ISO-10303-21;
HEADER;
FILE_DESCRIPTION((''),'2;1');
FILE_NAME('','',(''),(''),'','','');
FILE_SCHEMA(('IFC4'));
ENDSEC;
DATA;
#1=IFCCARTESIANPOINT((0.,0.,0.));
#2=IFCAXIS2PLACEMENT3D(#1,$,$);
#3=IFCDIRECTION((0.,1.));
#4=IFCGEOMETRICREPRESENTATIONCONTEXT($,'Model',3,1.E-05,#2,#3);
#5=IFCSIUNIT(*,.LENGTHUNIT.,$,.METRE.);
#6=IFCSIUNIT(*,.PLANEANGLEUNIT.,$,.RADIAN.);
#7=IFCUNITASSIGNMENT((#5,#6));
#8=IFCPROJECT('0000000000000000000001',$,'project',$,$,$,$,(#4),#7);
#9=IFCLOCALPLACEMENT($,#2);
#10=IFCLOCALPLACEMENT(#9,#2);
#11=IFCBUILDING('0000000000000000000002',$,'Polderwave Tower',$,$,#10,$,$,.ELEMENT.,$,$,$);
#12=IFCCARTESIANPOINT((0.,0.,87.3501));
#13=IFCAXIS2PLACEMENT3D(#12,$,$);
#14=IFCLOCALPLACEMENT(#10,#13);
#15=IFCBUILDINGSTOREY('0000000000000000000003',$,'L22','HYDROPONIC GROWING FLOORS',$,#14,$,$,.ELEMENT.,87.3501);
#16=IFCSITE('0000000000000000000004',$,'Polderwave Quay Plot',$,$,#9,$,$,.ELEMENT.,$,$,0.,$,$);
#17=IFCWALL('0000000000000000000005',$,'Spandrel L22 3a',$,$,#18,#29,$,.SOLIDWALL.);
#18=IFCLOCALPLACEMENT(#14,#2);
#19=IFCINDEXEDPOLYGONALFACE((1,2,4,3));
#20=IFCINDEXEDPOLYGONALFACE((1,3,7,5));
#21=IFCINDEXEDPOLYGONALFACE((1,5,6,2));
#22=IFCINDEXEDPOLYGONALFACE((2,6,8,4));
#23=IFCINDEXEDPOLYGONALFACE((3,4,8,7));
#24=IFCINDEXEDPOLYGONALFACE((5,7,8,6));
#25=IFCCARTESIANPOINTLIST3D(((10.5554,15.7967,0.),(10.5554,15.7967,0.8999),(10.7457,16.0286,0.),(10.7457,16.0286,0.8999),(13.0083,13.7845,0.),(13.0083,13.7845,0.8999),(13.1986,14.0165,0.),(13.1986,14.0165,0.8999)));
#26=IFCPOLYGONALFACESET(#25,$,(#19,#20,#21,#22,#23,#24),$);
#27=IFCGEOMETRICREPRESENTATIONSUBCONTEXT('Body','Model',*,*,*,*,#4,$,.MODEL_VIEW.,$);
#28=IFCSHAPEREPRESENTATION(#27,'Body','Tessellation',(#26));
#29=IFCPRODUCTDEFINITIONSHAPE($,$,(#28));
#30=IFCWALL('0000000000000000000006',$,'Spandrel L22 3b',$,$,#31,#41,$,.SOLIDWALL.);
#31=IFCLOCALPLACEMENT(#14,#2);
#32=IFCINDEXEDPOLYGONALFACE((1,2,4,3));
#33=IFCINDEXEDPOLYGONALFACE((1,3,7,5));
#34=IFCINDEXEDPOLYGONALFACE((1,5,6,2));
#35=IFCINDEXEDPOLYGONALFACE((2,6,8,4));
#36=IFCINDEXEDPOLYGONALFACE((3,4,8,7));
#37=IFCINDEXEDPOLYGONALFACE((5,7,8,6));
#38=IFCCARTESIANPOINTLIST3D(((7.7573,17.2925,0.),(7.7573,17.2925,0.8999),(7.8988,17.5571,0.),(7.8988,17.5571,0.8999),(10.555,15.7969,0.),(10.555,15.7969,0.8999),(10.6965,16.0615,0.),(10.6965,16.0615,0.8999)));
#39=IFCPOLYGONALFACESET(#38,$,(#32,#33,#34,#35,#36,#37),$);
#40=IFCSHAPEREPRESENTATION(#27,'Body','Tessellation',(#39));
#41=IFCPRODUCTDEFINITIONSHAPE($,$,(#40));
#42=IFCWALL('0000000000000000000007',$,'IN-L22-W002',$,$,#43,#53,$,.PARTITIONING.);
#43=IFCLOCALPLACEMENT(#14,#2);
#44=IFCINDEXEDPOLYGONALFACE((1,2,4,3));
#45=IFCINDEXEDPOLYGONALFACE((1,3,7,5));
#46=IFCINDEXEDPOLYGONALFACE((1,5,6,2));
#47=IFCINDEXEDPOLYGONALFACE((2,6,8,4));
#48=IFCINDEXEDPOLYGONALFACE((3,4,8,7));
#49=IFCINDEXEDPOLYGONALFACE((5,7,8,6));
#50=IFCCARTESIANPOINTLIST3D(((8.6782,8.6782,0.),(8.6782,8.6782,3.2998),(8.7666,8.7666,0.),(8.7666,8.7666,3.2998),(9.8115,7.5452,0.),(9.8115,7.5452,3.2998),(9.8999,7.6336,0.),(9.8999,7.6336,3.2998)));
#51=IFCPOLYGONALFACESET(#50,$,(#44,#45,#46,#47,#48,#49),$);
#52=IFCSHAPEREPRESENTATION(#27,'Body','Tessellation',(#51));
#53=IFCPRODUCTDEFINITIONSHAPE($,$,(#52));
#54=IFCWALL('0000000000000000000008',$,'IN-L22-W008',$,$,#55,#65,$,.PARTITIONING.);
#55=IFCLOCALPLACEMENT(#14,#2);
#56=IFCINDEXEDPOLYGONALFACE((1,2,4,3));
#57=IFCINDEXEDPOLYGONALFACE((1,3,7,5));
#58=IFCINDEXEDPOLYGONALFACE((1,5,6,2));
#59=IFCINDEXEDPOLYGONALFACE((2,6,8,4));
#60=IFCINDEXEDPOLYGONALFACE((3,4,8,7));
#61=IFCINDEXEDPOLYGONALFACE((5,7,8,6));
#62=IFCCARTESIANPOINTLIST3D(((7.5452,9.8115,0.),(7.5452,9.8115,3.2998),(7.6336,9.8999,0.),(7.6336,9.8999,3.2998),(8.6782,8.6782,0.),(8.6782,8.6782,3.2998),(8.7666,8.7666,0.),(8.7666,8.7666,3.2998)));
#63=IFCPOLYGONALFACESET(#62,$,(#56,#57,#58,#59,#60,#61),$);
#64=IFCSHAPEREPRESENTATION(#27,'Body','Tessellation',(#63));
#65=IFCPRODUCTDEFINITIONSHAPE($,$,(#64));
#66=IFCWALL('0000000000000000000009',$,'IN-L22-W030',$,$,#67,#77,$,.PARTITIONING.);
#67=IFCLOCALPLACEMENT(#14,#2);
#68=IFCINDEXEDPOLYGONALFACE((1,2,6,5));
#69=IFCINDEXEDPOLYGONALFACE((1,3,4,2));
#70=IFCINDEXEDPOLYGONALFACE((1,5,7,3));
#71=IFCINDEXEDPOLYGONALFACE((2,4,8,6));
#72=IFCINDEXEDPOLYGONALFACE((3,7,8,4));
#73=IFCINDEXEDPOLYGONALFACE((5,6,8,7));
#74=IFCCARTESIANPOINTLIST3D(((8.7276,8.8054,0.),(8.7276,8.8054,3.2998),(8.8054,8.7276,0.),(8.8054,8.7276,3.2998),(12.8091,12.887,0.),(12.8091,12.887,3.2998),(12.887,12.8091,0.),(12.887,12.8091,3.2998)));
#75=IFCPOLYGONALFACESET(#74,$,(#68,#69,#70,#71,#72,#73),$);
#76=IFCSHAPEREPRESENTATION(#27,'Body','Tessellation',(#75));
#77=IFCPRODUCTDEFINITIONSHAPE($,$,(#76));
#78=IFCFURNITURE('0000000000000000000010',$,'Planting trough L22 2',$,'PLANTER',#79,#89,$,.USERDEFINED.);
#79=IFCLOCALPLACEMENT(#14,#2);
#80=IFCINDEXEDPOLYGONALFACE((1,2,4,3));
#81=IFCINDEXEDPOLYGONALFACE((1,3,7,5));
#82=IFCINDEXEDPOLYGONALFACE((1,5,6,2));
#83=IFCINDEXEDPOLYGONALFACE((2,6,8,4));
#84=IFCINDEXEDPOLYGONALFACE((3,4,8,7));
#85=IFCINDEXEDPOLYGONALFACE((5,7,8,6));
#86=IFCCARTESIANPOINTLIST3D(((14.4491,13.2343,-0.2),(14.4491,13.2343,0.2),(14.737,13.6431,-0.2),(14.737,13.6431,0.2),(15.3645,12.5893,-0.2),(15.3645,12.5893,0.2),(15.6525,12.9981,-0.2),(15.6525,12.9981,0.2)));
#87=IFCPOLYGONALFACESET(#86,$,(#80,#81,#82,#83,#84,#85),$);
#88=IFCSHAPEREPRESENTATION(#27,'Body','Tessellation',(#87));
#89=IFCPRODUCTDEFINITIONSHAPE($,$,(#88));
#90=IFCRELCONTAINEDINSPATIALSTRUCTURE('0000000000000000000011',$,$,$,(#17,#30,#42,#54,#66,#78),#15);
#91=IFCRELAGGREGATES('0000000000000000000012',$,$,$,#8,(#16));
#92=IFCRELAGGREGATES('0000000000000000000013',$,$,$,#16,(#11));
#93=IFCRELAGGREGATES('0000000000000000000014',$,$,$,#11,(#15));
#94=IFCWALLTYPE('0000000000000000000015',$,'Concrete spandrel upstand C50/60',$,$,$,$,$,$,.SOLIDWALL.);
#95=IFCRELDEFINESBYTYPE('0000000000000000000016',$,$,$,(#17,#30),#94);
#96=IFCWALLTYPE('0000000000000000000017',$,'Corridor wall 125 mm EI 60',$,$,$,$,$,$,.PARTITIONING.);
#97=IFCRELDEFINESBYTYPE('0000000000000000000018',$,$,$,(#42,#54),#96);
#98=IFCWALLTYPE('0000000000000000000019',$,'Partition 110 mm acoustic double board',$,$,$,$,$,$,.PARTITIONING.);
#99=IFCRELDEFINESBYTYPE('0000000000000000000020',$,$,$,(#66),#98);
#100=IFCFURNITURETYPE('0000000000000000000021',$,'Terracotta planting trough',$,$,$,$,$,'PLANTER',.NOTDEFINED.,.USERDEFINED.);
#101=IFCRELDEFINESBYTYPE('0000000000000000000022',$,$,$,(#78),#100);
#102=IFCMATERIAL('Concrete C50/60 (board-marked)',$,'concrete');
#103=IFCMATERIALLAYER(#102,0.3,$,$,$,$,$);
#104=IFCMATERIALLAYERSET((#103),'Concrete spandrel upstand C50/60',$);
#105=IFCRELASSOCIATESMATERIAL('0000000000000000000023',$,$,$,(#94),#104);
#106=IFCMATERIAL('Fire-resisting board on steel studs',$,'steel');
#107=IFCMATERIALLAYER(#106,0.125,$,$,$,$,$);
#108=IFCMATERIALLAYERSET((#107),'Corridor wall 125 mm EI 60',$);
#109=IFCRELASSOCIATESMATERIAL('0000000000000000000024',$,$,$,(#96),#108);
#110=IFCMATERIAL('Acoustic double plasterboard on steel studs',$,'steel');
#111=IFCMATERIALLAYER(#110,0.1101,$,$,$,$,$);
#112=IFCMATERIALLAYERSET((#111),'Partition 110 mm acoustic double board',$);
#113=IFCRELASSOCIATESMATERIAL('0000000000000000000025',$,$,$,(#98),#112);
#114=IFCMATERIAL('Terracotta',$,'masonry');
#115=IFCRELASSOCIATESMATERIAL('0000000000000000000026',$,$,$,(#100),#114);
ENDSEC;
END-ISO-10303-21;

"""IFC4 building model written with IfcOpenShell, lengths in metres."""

from ifc_helpers import new_model, si_unit, direction, frame, frame_2d, origin, origin_2d, place, context, subcontext, project, spatial, rectangle, extrude, material, layer, layer_set, type_object, element, save


model = new_model("IFC4")

# Units and contexts
model_context = context("Model", 3, precision=1e-05, world=origin(), true_north=direction((0.0, 1.0)))
body_context = subcontext(model_context, "Body", "Model", "MODEL_VIEW")
ifc_project = project(units=[si_unit("LENGTHUNIT", "METRE"), si_unit("PLANEANGLEUNIT", "RADIAN")], contexts=[model_context])

# Site, building, storey
site_placement = place(None, origin())
site = spatial("IfcSite", under=ifc_project, at=site_placement, Name="Polderwave Quay Plot", CompositionType="ELEMENT", RefElevation=0.0)
building_placement = place(site_placement, origin())
building = spatial("IfcBuilding", under=site, at=building_placement, Name="Polderwave Tower", CompositionType="ELEMENT")
storey_placement = place(building_placement, frame((0.0, 0.0, 87.3501)))
storey = spatial("IfcBuildingStorey", under=building, at=storey_placement, Name="L22", Description="HYDROPONIC GROWING FLOORS", CompositionType="ELEMENT", Elevation=87.3501)

# Walls
ifc_material_1 = material(Name="Concrete C50/60 (board-marked)", Category="concrete")
ifc_layer_1 = layer(ifc_material_1, 0.3)
ifc_layer_set_1 = layer_set([ifc_layer_1], Name="Concrete spandrel upstand C50/60")
wall_type_1 = type_object("IfcWallType", Name="Concrete spandrel upstand C50/60", PredefinedType="SOLIDWALL", material=ifc_layer_set_1)
for number, where, z_axis, x_axis, name in (
    (1, (13.1035, 13.9004, 0.0), (0.0, 0.0, 1.0), (-0.773137, 0.634239, 0.0), "Spandrel L22 3a"),
):
    element("IfcWall", number, at=place(storey_placement, frame(where, z_axis=z_axis, x_axis=x_axis)), inside=storey, type_object=wall_type_1, Name=name, PredefinedType="SOLIDWALL", context=body_context, shape_type="SweptSolid", body=[
        extrude(rectangle(XDim=3.1726, YDim=0.3, at=frame_2d((1.5864, 0.0))), origin(), (0.0, 0.0, 1.0), 0.8999),
    ])
wall_1_placement = place(storey_placement, frame((10.6257, 15.9292, 0.0), z_axis=(0.0, 0.0, 1.0), x_axis=(-0.881888, 0.471459, 0.0)))
element("IfcWall", 2, at=wall_1_placement, inside=storey, type_object=wall_type_1, Name="Spandrel L22 3b", PredefinedType="SOLIDWALL", context=body_context, shape_type="SweptSolid", body=[
    extrude(rectangle(XDim=3.1724, YDim=0.3, at=frame_2d((1.5862, 0.0))), origin(), (0.0, 0.0, 1.0), 0.8999),
])
ifc_material_2 = material(Name="Fire-resisting board on steel studs", Category="steel")
ifc_layer_2 = layer(ifc_material_2, 0.125)
ifc_layer_set_2 = layer_set([ifc_layer_2], Name="Corridor wall 125 mm EI 60")
wall_type_2 = type_object("IfcWallType", Name="Corridor wall 125 mm EI 60", PredefinedType="PARTITIONING", material=ifc_layer_set_2)
for number, where, z_axis, x_axis, name in (
    (3, (8.7224, 8.7224, 0.0), (0.0, 0.0, 1.0), (0.707183, -0.707031, 0.0), "IN-L22-W002"),
    (4, (7.5894, 9.8557, 0.0), (0.0, 0.0, 1.0), (0.707031, -0.707183, 0.0), "IN-L22-W008"),
):
    element("IfcWall", number, at=place(storey_placement, frame(where, z_axis=z_axis, x_axis=x_axis)), inside=storey, type_object=wall_type_2, Name=name, PredefinedType="PARTITIONING", context=body_context, shape_type="SweptSolid", body=[
        extrude(rectangle(XDim=1.6025, YDim=0.125, at=frame_2d((0.8013, 0.0))), origin(), (0.0, 0.0, 1.0), 3.2998),
    ])
ifc_material_3 = material(Name="Acoustic double plasterboard on steel studs", Category="steel")
ifc_layer_3 = layer(ifc_material_3, 0.1101)
ifc_layer_set_3 = layer_set([ifc_layer_3], Name="Partition 110 mm acoustic double board")
wall_type_3 = type_object("IfcWallType", Name="Partition 110 mm acoustic double board", PredefinedType="PARTITIONING", material=ifc_layer_set_3)
wall_2_placement = place(storey_placement, frame((12.8481, 12.8481, 0.0), z_axis=(0.0, 0.0, 1.0), x_axis=(-0.707107, -0.707107, 0.0)))
element("IfcWall", 5, at=wall_2_placement, inside=storey, type_object=wall_type_3, Name="IN-L22-W030", PredefinedType="PARTITIONING", context=body_context, shape_type="SweptSolid", body=[
    extrude(rectangle(XDim=5.7722, YDim=0.1101, at=frame_2d((2.8862, 0.0))), origin(), (0.0, 0.0, 1.0), 3.2998),
])

# Furniture
ifc_material_4 = material(Name="Terracotta", Category="masonry")
furniture_type = type_object("IfcFurnitureType", Name="Terracotta planting trough", ElementType="PLANTER", AssemblyPlace="NOTDEFINED", PredefinedType="USERDEFINED", material=ifc_material_4)
furniture_placement = place(storey_placement, frame((15.0508, 13.1162, -0.2), z_axis=(0.0, 0.0, 1.0), x_axis=(-0.817472, 0.575969, 0.0)))
element("IfcFurniture", 6, at=furniture_placement, inside=storey, type_object=furniture_type, Name="Planting trough L22 2", ObjectType="PLANTER", PredefinedType="USERDEFINED", context=body_context, shape_type="SweptSolid", body=[
    extrude(rectangle(XDim=1.1199, YDim=0.5, at=origin_2d()), origin(), (0.0, 0.0, 1.0), 0.3999),
])

save(model, "model.ifc")
